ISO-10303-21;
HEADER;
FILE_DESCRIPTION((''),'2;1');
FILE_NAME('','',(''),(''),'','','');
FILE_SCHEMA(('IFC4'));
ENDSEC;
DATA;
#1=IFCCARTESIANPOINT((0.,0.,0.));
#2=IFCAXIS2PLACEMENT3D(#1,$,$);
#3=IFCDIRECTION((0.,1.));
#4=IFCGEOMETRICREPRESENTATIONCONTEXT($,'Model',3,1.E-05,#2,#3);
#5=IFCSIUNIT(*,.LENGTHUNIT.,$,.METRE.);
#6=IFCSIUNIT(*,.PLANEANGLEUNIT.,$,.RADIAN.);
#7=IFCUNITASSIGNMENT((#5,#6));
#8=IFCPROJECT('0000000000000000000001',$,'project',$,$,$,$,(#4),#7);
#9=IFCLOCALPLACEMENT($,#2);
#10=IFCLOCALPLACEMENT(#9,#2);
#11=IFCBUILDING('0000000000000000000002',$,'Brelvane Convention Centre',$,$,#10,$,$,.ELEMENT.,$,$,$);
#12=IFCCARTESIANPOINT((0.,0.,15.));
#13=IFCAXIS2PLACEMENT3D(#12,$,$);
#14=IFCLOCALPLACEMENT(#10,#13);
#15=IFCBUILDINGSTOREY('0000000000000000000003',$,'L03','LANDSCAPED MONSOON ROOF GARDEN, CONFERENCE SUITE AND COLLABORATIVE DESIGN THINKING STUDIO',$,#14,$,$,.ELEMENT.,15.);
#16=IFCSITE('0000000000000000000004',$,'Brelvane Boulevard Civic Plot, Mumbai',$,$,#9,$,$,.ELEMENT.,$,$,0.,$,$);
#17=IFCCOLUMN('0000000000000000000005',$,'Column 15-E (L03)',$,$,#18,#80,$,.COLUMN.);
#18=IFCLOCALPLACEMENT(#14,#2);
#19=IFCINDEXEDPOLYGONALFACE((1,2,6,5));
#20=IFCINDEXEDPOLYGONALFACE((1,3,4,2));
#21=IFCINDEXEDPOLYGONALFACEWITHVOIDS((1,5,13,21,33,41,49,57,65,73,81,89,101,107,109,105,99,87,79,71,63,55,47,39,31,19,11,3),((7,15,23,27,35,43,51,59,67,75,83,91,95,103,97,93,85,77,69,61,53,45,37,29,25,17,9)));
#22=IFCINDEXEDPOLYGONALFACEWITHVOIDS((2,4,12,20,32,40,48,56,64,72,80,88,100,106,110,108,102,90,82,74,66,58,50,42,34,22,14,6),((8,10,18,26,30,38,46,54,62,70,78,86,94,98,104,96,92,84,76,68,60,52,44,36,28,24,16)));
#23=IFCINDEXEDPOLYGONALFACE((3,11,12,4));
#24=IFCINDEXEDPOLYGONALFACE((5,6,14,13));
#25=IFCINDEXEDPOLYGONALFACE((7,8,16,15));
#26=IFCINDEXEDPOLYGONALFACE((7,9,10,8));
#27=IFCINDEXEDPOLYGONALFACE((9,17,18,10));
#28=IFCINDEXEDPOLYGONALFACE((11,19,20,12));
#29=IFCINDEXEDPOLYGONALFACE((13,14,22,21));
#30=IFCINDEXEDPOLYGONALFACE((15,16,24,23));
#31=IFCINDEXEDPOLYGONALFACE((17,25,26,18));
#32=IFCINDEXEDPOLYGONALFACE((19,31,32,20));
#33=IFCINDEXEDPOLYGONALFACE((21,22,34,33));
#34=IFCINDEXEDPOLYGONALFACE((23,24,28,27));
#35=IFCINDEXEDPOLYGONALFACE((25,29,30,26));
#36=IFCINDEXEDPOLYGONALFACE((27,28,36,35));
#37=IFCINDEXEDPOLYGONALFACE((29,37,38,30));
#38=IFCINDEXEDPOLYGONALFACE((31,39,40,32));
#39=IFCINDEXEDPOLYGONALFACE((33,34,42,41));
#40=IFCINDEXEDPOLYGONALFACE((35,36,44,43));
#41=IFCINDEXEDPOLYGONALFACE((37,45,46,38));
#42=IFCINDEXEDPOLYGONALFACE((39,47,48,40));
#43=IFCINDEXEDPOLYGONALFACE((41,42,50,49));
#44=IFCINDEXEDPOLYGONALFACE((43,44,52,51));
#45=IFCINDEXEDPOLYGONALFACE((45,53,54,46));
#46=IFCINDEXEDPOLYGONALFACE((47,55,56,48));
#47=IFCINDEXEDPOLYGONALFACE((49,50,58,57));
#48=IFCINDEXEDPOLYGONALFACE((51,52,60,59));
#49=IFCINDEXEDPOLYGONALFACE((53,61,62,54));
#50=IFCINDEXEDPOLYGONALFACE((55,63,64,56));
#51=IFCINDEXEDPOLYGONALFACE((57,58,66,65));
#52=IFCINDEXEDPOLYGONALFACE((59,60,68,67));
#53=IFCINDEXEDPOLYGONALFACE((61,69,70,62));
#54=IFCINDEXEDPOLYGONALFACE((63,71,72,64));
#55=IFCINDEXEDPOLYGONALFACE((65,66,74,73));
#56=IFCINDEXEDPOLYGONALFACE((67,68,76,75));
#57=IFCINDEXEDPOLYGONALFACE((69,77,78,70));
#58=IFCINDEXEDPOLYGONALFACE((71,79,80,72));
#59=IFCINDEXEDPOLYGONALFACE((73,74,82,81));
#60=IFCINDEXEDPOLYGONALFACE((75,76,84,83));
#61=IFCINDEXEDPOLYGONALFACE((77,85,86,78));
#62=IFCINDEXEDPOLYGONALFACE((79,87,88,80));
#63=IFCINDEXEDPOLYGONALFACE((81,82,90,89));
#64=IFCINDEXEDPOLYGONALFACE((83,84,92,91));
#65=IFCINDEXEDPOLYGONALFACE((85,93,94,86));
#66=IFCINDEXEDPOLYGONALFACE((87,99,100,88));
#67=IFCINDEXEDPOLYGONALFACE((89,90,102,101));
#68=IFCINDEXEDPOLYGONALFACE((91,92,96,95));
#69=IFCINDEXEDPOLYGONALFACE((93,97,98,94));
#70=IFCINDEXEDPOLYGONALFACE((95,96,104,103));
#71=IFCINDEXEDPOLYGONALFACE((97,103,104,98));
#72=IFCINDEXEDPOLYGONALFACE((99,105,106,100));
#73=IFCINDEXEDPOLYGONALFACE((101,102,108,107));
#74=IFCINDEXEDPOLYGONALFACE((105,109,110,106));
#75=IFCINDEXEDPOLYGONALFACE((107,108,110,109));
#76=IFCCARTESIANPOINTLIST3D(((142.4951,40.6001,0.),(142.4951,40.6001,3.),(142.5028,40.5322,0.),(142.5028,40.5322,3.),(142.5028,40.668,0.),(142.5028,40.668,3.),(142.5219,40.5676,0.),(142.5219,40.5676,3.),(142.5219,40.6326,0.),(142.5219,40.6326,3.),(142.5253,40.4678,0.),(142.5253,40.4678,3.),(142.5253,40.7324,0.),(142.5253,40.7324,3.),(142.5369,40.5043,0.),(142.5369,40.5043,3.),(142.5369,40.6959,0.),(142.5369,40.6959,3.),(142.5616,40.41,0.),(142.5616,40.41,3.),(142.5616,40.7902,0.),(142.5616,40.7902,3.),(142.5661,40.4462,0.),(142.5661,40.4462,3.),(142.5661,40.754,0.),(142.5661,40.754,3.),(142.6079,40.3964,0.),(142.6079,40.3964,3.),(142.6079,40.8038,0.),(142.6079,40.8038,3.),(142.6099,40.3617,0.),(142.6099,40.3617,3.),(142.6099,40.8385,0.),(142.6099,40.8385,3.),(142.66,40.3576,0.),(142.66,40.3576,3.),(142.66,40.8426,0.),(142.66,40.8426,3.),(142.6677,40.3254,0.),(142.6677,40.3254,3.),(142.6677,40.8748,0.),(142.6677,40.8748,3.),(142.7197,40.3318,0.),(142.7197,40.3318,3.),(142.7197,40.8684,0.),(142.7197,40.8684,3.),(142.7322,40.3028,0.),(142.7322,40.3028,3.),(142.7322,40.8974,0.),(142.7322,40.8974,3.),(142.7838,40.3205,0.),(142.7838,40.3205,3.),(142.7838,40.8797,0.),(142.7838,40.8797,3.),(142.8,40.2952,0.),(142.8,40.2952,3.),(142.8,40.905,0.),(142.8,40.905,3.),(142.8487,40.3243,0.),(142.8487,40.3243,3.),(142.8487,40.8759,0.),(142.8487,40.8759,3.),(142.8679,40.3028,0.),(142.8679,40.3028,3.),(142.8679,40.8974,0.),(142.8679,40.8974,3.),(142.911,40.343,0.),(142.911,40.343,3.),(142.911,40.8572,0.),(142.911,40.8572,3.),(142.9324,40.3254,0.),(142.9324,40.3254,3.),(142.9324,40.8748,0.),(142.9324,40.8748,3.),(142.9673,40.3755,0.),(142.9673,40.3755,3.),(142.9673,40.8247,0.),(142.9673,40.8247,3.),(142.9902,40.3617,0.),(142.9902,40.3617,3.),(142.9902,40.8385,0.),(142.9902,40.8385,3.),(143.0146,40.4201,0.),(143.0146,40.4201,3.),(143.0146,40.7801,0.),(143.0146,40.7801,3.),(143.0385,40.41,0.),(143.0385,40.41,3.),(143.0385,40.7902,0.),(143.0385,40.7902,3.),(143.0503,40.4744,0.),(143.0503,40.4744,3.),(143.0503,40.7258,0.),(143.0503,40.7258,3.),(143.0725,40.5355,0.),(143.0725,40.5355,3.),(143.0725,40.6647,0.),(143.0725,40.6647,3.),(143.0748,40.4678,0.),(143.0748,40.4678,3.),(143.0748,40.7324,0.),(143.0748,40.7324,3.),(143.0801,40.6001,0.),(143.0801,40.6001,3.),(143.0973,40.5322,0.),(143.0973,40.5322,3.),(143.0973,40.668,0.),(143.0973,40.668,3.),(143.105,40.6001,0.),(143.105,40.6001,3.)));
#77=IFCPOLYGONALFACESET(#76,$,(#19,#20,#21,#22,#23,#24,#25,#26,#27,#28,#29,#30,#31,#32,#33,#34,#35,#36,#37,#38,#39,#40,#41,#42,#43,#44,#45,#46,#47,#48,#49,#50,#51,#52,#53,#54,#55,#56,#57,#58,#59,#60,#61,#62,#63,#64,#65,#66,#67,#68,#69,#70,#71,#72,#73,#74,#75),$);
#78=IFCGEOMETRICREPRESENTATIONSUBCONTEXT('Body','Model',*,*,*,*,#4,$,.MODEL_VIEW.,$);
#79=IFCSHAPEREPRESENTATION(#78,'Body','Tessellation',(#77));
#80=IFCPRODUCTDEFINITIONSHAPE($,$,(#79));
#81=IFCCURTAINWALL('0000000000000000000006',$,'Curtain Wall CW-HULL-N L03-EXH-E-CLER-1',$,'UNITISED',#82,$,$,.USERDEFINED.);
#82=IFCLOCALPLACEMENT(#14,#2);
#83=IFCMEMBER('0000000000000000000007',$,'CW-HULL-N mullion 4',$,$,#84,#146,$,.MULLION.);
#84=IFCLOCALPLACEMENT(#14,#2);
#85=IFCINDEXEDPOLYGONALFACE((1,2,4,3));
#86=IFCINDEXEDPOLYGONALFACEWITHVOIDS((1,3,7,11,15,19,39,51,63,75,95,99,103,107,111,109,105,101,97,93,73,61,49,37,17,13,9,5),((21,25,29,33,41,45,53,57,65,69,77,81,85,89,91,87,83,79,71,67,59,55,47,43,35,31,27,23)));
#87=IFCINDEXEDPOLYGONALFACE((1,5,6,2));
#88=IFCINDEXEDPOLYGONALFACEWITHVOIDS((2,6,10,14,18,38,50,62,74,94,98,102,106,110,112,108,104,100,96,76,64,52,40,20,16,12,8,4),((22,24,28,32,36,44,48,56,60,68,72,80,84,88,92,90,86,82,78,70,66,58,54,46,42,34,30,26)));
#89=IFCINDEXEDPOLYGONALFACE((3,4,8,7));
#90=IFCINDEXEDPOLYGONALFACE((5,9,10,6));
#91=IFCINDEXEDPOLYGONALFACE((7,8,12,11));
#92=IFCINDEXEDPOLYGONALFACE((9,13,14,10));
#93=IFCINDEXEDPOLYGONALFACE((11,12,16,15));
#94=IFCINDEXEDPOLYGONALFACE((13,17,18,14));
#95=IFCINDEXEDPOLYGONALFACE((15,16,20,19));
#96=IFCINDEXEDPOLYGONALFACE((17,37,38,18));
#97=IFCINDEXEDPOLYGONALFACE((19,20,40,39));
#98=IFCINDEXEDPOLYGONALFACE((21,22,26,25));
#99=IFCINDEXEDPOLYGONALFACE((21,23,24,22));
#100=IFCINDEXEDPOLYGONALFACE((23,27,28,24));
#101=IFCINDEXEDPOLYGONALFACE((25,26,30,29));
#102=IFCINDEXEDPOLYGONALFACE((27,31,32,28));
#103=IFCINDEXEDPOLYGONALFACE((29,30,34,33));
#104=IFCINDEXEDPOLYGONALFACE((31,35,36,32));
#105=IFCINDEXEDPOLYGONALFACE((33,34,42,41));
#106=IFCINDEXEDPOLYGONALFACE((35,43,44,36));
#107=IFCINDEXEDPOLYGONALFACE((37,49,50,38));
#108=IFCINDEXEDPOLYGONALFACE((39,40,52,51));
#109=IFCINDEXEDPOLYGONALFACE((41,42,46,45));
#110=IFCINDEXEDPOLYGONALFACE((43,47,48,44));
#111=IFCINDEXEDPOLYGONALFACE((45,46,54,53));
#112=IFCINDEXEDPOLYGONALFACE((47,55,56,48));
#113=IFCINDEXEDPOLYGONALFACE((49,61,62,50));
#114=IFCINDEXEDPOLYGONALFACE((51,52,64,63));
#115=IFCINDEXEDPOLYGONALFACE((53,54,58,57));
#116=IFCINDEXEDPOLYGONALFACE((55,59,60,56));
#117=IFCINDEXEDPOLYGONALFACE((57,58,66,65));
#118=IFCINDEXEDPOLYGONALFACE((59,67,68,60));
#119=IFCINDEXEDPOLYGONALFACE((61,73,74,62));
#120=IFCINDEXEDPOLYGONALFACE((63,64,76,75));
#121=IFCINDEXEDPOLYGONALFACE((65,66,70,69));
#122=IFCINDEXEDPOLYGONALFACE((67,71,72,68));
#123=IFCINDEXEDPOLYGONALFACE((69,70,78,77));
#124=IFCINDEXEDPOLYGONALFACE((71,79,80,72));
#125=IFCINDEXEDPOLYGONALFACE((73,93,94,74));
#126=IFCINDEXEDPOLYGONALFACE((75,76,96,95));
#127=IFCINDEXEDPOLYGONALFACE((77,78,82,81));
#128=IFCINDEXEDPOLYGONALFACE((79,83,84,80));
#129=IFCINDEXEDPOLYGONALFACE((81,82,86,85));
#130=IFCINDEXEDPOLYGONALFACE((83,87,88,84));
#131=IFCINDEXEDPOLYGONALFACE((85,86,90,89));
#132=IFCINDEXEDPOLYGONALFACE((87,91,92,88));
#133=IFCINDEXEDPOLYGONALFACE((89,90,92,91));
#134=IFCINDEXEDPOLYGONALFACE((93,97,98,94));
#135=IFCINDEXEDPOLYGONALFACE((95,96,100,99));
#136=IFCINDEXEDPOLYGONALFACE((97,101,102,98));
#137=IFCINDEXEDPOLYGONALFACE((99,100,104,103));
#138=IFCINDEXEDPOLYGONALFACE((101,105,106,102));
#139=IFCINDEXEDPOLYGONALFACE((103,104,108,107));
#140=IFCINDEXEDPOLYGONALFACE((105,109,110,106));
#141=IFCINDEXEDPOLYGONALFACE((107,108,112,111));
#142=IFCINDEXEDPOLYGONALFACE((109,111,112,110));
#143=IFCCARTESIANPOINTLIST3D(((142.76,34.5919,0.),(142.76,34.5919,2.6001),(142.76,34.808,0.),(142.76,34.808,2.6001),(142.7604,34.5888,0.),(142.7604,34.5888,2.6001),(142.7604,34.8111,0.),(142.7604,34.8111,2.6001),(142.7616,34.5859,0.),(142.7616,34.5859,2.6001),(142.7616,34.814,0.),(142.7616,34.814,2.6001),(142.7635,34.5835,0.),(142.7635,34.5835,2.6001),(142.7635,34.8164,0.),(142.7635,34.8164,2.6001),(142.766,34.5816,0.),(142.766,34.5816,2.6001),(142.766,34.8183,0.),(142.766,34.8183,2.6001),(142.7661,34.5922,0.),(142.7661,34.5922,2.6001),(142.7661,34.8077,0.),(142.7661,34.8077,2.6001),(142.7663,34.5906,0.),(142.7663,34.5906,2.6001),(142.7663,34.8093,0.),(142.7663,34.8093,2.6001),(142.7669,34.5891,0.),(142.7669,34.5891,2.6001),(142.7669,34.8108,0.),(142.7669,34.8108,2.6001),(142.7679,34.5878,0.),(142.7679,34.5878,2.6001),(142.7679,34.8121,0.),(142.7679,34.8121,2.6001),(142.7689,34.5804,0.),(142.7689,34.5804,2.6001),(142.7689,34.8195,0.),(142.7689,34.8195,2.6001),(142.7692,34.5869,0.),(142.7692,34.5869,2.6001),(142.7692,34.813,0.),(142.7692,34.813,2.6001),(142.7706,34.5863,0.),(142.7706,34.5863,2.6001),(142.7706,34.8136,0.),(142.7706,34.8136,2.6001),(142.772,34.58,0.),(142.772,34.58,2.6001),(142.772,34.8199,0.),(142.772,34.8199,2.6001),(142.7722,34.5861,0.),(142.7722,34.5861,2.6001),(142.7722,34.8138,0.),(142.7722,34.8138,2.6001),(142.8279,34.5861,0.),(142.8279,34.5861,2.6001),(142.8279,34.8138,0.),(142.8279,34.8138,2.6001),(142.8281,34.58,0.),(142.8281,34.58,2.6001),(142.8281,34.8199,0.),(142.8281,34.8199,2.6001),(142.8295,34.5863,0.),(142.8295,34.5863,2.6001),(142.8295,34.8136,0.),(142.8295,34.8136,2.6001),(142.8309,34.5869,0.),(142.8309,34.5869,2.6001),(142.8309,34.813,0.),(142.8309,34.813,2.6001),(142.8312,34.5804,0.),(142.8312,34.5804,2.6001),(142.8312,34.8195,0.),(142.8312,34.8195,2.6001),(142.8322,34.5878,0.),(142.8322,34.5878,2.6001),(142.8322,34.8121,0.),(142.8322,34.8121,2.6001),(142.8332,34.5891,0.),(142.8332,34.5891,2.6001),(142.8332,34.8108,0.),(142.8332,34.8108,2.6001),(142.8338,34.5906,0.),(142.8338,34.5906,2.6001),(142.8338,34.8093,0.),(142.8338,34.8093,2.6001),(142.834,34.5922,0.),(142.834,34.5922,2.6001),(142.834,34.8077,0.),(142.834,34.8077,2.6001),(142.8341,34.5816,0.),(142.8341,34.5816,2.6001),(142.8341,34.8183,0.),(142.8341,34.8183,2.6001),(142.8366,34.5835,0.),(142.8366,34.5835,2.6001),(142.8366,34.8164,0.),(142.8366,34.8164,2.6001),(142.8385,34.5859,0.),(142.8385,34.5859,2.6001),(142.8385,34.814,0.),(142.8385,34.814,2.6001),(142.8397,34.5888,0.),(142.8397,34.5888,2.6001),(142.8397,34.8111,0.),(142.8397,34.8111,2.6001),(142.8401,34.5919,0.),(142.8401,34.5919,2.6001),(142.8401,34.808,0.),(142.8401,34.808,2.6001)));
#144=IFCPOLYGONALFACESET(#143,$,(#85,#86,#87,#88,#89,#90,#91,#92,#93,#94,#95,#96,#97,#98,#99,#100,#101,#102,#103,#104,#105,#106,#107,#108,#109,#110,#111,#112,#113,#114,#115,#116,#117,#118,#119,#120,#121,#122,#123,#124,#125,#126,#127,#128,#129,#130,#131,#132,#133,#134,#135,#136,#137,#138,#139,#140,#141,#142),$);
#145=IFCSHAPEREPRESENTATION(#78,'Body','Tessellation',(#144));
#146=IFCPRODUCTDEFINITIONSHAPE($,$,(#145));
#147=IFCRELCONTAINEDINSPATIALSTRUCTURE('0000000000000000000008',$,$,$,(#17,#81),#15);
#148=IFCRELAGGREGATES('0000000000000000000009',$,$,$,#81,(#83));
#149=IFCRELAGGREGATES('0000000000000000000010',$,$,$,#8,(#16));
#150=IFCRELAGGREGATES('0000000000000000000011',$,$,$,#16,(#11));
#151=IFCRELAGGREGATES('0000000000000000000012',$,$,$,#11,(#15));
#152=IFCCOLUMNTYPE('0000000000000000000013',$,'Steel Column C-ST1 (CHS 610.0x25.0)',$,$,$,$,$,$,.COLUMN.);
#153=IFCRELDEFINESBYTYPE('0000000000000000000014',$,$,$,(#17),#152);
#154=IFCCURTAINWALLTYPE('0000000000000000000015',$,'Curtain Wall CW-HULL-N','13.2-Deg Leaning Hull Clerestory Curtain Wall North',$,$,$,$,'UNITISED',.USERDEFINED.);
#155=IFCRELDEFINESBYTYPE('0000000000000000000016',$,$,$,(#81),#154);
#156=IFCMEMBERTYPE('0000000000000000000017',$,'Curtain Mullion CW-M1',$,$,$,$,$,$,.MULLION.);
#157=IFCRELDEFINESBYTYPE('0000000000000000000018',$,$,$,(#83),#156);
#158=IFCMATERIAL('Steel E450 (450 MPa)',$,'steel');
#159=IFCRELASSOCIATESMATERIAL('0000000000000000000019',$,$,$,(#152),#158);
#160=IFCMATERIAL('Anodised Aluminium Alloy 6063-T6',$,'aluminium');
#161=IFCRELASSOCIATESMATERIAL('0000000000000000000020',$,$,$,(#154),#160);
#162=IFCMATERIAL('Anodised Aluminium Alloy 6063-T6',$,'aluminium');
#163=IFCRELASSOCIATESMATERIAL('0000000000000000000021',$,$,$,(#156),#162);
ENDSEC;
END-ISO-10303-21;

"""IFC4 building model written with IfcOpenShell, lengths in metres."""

from ifc_helpers import new_model, si_unit, direction, frame, origin, origin_2d, place, context, subcontext, project, spatial, hollow_rectangle, hollow_circle, extrude, material, material_profile, profile_set, type_object, element, aggregate, save


model = new_model("IFC4")

# Units and contexts
model_context = context("Model", 3, precision=1e-05, world=origin(), true_north=direction((0.0, 1.0)))
body_context = subcontext(model_context, "Body", "Model", "MODEL_VIEW")
ifc_project = project(units=[si_unit("LENGTHUNIT", "METRE"), si_unit("PLANEANGLEUNIT", "RADIAN")], contexts=[model_context])

# Site, building, storey
site_placement = place(None, origin())
site = spatial("IfcSite", under=ifc_project, at=site_placement, Name="Brelvane Boulevard Civic Plot, Mumbai", CompositionType="ELEMENT", RefElevation=0.0)
building_placement = place(site_placement, origin())
building = spatial("IfcBuilding", under=site, at=building_placement, Name="Brelvane Convention Centre", CompositionType="ELEMENT")
storey_placement = place(building_placement, frame((0.0, 0.0, 15.0)))
storey = spatial("IfcBuildingStorey", under=building, at=storey_placement, Name="L03", Description="LANDSCAPED MONSOON ROOF GARDEN, CONFERENCE SUITE AND COLLABORATIVE DESIGN THINKING STUDIO", CompositionType="ELEMENT", Elevation=15.0)

# Column
ifc_material_1 = material(Name="Steel E450 (450 MPa)", Category="steel")
ifc_material_profile_1 = material_profile(ifc_material_1, hollow_circle(Radius=0.3049, WallThickness=0.0249, at=origin_2d()), Name="CHS 610.0x25.0")
ifc_profile_set_1 = profile_set([ifc_material_profile_1], Name="Steel E450 (450 MPa)")
column_type = type_object("IfcColumnType", Name="Steel Column C-ST1 (CHS 610.0x25.0)", PredefinedType="COLUMN", material=ifc_profile_set_1)
column_placement = place(storey_placement, frame((142.8, 40.6001, 0.0), z_axis=(0.0, 0.0, 1.0), x_axis=(1.0, 0.0, 0.0)))
element("IfcColumn", 1, at=column_placement, inside=storey, type_object=column_type, Name="Column 15-E (L03)", PredefinedType="COLUMN", context=body_context, shape_type="SweptSolid", body=[
    extrude(hollow_circle(Radius=0.3049, WallThickness=0.0249, at=origin_2d()), origin(), (0.0, 0.0, 1.0), 3.0),
])

# Curtain wall, member
ifc_material_2 = material(Name="Anodised Aluminium Alloy 6063-T6", Category="aluminium")
curtain_wall_type = type_object("IfcCurtainWallType", Name="Curtain Wall CW-HULL-N", Description="13.2-Deg Leaning Hull Clerestory Curtain Wall North", ElementType="UNITISED", PredefinedType="USERDEFINED", material=ifc_material_2)
curtain_wall_1_placement = place(storey_placement, origin())
curtain_wall_1 = element("IfcCurtainWall", 2, at=curtain_wall_1_placement, inside=storey, type_object=curtain_wall_type, Name="Curtain Wall CW-HULL-N L03-EXH-E-CLER-1", ObjectType="UNITISED", PredefinedType="USERDEFINED")
ifc_material_3 = material(Name="Anodised Aluminium Alloy 6063-T6", Category="aluminium")
ifc_material_profile_2 = material_profile(ifc_material_3, hollow_rectangle(XDim=0.0801, YDim=0.24, WallThickness=0.0061, InnerFilletRadius=0.0061, OuterFilletRadius=0.012, at=origin_2d()), Name="ALU-M 240x80x6.0")
ifc_profile_set_2 = profile_set([ifc_material_profile_2], Name="Anodised Aluminium Alloy 6063-T6")
member_type_1 = type_object("IfcMemberType", Name="Curtain Mullion CW-M1", PredefinedType="MULLION", material=ifc_profile_set_2)
member_1_placement = place(storey_placement, frame((142.8, 34.7, 0.0), z_axis=(0.0, 0.0, 1.0), x_axis=(-1.0, 0.0, 0.0)))
member_1 = element("IfcMember", 3, at=member_1_placement, type_object=member_type_1, Name="CW-HULL-N mullion 4", PredefinedType="MULLION", context=body_context, shape_type="SweptSolid", body=[
    extrude(hollow_rectangle(XDim=0.0801, YDim=0.24, WallThickness=0.0061, InnerFilletRadius=0.0061, OuterFilletRadius=0.012, at=origin_2d()), origin(), (0.0, 0.0, 1.0), 2.6001),
])

aggregate(curtain_wall_1, [member_1])

save(model, "model.ifc")
